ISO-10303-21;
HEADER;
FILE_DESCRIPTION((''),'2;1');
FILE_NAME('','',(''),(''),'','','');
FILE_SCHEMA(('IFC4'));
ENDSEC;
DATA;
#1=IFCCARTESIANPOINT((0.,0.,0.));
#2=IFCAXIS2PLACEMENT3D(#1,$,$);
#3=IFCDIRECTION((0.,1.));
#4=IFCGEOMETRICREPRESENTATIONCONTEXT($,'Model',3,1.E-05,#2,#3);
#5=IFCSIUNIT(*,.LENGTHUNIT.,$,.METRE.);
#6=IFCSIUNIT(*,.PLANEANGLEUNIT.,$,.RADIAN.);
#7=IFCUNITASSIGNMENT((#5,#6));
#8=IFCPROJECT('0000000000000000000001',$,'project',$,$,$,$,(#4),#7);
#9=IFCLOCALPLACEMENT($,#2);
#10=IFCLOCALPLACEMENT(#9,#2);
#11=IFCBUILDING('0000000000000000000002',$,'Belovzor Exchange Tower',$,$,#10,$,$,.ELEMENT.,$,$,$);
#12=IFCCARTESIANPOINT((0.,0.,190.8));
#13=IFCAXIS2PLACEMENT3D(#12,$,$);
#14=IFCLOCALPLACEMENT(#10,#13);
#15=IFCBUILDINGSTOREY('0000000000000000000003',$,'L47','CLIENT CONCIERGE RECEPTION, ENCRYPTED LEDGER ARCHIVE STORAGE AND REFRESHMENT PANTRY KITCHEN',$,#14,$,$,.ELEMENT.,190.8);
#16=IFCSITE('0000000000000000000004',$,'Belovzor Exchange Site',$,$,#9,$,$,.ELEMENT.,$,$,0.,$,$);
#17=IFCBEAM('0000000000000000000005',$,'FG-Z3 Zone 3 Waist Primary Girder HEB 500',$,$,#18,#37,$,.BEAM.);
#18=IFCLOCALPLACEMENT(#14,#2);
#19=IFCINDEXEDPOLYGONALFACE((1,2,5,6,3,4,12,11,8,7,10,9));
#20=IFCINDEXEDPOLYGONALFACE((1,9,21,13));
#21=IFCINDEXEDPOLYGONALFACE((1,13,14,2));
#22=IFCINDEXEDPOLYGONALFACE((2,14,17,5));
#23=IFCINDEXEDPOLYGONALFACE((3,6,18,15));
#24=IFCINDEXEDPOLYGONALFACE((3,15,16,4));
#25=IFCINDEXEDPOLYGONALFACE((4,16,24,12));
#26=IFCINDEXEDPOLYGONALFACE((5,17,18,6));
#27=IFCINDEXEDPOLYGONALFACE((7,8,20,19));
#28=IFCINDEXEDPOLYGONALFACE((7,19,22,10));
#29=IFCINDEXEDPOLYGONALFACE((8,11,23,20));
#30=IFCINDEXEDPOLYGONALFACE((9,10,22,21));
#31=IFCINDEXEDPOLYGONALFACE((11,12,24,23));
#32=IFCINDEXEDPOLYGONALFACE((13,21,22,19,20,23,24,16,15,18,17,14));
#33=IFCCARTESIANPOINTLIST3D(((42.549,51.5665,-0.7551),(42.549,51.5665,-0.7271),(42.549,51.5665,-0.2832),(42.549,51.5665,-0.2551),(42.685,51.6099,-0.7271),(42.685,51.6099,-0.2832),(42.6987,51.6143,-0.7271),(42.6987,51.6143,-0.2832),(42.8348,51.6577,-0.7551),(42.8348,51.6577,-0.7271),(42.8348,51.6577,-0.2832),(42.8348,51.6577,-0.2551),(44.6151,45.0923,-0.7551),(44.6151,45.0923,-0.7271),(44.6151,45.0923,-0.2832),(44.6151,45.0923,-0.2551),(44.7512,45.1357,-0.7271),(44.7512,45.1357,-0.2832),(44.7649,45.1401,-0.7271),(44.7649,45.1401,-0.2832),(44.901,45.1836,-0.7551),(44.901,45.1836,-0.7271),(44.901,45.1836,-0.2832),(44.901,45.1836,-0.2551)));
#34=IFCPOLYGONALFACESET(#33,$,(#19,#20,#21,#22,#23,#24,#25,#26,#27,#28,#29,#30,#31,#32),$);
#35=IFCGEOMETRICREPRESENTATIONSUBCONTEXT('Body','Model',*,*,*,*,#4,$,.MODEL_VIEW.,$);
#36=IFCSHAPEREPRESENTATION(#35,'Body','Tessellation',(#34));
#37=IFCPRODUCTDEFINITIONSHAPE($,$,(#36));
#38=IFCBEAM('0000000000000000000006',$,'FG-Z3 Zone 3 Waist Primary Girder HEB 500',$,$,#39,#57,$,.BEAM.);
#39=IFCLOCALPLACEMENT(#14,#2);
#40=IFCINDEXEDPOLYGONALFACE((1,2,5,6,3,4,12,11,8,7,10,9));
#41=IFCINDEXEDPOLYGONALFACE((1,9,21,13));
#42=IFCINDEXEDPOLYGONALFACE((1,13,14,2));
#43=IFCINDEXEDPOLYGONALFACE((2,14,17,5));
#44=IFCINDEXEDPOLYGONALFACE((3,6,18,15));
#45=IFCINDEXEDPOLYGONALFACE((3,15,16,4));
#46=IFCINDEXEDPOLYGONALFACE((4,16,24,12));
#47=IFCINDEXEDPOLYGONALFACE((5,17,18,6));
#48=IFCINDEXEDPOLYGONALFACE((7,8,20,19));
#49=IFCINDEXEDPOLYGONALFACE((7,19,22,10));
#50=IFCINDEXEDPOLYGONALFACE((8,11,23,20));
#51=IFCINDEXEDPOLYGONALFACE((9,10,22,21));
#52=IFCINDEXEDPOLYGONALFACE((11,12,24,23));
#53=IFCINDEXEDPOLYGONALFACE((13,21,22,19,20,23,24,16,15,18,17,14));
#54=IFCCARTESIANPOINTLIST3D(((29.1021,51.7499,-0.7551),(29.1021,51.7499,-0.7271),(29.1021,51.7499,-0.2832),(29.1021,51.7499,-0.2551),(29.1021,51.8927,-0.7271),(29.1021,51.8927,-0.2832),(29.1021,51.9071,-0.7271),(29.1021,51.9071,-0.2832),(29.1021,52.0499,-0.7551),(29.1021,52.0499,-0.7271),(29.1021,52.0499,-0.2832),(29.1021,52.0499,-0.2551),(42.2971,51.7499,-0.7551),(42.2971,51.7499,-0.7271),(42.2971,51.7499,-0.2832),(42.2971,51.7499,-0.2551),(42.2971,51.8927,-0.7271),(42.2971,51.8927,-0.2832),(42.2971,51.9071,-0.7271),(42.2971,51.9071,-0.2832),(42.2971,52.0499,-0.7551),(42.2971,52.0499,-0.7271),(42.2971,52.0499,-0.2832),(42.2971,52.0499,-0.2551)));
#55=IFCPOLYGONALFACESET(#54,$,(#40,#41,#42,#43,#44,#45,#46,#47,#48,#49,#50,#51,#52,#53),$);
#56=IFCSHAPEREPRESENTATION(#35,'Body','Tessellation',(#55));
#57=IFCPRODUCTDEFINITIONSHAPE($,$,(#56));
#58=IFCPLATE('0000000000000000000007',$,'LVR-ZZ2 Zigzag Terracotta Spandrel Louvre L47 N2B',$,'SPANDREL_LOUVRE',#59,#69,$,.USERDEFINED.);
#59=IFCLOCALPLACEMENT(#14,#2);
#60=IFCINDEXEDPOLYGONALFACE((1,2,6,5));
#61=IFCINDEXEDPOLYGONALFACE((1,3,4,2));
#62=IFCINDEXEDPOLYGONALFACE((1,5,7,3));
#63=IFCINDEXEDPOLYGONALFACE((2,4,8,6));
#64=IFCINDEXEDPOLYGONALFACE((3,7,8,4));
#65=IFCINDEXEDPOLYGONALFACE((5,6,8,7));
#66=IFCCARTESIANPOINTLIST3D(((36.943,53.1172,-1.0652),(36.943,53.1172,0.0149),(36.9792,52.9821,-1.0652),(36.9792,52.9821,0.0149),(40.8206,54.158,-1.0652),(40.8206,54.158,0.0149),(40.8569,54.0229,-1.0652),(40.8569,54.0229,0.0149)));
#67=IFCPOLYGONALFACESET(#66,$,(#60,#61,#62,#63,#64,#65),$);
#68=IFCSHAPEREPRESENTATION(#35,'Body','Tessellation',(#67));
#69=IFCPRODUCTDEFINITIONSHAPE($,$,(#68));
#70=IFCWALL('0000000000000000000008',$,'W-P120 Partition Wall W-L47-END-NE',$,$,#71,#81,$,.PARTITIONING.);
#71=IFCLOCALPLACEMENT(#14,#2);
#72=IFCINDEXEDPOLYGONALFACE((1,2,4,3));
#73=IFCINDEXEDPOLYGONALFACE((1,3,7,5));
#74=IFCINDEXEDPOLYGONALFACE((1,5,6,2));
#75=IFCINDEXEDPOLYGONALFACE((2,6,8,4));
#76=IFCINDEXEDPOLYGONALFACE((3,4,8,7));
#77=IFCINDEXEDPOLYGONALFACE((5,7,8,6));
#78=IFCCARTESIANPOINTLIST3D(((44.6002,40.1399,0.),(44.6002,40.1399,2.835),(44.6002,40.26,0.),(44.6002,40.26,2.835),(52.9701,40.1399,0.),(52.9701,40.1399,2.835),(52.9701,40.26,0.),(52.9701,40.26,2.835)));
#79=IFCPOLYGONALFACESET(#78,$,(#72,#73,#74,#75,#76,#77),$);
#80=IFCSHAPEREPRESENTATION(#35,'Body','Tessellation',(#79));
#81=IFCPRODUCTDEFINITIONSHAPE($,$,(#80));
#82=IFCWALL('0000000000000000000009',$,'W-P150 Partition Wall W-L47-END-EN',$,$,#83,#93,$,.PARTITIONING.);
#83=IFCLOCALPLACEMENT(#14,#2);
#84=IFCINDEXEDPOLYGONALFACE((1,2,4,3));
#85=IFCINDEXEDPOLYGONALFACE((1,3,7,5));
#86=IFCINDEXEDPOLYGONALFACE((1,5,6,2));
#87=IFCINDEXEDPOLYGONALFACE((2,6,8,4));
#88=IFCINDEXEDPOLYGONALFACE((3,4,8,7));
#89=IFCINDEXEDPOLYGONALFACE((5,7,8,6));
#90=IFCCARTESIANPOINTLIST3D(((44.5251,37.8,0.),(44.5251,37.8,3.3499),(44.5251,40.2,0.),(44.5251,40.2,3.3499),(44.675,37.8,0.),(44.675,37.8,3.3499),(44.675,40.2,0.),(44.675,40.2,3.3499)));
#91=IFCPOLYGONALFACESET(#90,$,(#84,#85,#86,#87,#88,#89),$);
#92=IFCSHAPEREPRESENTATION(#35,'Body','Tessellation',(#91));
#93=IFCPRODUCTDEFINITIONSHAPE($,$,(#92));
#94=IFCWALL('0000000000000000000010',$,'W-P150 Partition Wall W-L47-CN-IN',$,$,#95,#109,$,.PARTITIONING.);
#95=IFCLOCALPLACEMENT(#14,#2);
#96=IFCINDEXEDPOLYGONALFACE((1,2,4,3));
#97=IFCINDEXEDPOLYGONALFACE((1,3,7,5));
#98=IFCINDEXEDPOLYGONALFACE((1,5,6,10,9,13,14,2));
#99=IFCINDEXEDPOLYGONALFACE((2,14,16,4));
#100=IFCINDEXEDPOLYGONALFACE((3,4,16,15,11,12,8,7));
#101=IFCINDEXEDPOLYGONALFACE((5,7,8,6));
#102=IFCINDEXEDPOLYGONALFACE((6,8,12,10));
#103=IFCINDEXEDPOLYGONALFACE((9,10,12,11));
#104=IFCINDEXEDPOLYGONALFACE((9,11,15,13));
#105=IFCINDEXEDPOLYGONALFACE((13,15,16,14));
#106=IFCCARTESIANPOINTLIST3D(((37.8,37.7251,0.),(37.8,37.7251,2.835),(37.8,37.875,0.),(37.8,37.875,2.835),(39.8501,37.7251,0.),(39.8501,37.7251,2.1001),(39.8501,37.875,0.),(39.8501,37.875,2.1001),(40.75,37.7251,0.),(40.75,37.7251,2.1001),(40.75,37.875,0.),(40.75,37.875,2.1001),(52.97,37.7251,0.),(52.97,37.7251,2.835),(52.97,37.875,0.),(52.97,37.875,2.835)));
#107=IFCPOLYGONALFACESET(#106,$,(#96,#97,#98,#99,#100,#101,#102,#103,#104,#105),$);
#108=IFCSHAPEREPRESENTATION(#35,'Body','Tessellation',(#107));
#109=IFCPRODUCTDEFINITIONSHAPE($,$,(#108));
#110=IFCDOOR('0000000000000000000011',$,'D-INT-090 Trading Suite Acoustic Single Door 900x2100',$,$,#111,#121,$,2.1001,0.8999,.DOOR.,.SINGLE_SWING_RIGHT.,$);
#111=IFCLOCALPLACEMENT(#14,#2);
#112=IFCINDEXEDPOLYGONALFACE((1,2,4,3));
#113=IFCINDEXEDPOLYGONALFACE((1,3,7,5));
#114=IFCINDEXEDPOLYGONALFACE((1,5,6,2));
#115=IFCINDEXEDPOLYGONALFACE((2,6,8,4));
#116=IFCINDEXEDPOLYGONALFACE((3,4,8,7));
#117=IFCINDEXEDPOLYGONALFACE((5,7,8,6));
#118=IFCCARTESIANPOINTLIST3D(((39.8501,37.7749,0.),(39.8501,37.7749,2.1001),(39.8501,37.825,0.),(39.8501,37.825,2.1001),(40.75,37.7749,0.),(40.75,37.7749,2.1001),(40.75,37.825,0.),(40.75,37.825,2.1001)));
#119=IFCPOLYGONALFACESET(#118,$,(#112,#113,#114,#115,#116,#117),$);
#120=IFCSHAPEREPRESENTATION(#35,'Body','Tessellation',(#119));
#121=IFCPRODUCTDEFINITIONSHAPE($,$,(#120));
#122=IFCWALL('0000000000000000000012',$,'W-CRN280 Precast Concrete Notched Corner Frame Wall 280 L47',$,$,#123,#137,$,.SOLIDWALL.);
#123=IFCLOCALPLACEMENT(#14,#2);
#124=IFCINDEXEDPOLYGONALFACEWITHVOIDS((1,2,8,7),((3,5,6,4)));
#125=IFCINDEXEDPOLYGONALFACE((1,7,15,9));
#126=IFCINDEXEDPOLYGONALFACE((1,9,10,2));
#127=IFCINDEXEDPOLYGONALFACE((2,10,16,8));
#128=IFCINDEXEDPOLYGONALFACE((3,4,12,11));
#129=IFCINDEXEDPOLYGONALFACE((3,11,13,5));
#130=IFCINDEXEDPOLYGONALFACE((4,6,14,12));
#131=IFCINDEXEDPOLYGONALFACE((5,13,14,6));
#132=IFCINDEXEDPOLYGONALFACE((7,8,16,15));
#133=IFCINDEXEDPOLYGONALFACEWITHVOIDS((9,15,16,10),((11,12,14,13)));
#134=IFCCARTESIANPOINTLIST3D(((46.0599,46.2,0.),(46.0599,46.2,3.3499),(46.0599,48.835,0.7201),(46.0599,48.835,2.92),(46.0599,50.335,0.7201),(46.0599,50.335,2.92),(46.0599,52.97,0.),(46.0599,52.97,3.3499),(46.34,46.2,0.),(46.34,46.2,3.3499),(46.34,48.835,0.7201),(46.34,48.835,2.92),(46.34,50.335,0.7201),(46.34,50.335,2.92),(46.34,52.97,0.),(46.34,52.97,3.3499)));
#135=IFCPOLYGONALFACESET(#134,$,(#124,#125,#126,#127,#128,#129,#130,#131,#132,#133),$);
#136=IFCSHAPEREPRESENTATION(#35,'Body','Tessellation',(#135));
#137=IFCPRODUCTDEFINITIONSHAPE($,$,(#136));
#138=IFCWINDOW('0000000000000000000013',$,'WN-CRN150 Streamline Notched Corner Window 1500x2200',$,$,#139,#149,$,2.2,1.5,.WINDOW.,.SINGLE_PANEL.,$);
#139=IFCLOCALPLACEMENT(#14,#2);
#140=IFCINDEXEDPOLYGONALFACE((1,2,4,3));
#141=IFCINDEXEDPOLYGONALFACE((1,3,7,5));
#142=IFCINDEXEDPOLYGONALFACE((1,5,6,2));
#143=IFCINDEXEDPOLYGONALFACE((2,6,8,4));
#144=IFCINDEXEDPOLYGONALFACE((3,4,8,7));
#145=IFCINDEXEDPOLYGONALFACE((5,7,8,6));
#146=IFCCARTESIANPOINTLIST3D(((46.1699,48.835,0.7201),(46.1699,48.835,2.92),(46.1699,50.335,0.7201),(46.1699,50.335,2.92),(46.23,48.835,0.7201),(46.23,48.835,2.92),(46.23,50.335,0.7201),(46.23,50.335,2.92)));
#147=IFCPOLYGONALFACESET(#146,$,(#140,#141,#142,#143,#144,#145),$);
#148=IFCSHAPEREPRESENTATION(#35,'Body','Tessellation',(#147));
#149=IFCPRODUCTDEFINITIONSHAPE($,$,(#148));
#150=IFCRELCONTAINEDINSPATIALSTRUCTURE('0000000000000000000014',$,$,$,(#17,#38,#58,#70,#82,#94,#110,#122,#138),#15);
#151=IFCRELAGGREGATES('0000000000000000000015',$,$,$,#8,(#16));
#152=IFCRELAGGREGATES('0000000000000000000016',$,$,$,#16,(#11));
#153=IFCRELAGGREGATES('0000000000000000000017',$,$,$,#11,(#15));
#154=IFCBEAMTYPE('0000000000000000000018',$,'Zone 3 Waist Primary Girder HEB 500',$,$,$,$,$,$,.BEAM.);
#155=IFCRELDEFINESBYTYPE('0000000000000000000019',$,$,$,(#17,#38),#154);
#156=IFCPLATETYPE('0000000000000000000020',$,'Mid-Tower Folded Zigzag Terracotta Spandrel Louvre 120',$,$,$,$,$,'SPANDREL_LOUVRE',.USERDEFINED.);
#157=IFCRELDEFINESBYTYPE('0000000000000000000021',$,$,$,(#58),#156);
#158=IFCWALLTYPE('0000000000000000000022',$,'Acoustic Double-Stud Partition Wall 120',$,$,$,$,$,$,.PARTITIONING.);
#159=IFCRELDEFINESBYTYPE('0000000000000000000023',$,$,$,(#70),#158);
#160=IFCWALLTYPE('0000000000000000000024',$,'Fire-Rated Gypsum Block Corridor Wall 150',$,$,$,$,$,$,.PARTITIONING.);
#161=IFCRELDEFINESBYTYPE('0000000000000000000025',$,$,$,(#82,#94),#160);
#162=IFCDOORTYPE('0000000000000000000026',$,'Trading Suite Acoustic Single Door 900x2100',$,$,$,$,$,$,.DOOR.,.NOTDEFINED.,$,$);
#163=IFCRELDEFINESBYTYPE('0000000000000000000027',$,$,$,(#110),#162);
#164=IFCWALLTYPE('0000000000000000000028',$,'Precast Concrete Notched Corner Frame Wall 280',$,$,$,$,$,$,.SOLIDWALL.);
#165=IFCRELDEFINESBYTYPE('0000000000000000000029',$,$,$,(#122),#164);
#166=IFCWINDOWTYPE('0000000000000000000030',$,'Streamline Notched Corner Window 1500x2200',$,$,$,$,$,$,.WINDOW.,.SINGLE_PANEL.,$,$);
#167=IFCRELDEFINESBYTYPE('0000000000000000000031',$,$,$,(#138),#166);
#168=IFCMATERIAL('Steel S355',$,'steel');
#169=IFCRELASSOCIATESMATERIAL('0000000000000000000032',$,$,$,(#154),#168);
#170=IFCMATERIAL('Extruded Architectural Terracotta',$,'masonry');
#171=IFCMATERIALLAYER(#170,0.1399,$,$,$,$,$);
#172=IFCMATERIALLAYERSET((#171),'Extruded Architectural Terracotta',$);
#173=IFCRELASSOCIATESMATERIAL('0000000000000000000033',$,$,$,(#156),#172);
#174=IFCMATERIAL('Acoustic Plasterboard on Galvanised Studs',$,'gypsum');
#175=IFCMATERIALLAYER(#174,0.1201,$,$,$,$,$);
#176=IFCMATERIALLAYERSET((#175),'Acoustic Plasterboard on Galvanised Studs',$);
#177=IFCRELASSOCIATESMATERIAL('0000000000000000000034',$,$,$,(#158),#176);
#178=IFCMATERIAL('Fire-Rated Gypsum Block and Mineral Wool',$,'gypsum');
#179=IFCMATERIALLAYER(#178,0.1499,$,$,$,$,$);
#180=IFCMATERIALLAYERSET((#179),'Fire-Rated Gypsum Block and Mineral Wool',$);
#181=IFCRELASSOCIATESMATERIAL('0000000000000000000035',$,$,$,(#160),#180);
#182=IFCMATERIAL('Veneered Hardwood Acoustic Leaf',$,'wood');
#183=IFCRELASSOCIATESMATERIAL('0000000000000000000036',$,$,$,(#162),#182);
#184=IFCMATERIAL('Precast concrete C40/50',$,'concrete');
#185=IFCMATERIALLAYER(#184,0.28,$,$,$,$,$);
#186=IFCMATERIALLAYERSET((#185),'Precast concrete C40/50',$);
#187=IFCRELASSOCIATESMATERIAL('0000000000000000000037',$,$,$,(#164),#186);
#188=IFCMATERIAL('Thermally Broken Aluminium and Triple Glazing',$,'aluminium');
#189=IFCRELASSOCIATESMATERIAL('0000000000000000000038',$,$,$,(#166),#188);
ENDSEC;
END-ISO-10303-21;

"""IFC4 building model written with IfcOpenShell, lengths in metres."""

from ifc_helpers import new_model, si_unit, direction, frame, frame_2d, origin, origin_2d, place, context, subcontext, project, spatial, rectangle, i_section, extrude, material, layer, layer_set, material_profile, profile_set, type_object, element, fill, save


model = new_model("IFC4")

# Units and contexts
model_context = context("Model", 3, precision=1e-05, world=origin(), true_north=direction((0.0, 1.0)))
body_context = subcontext(model_context, "Body", "Model", "MODEL_VIEW")
ifc_project = project(units=[si_unit("LENGTHUNIT", "METRE"), si_unit("PLANEANGLEUNIT", "RADIAN")], contexts=[model_context])

# Site, building, storey
site_placement = place(None, origin())
site = spatial("IfcSite", under=ifc_project, at=site_placement, Name="Belovzor Exchange Site", CompositionType="ELEMENT", RefElevation=0.0)
building_placement = place(site_placement, origin())
building = spatial("IfcBuilding", under=site, at=building_placement, Name="Belovzor Exchange Tower", CompositionType="ELEMENT")
storey_placement = place(building_placement, frame((0.0, 0.0, 190.8)))
storey = spatial("IfcBuildingStorey", under=building, at=storey_placement, Name="L47", Description="CLIENT CONCIERGE RECEPTION, ENCRYPTED LEDGER ARCHIVE STORAGE AND REFRESHMENT PANTRY KITCHEN", CompositionType="ELEMENT", Elevation=190.8)

# Beams
ifc_material_1 = material(Name="Steel S355", Category="steel")
ifc_material_profile_1 = material_profile(ifc_material_1, i_section(OverallWidth=0.3, OverallDepth=0.5, WebThickness=0.0144, FlangeThickness=0.0281, at=origin_2d()))
ifc_profile_set_1 = profile_set([ifc_material_profile_1], Name="Steel S355")
beam_type_1 = type_object("IfcBeamType", Name="Zone 3 Waist Primary Girder HEB 500", PredefinedType="BEAM", material=ifc_profile_set_1)
for number, where, z_axis, x_axis, name in (
    (1, (44.7581, 45.1379, -0.5051), (-0.304034, 0.952661, 0.0), (-0.952661, -0.304034, 0.0), "FG-Z3 Zone 3 Waist Primary Girder HEB 500"),
):
    element("IfcBeam", number, at=place(storey_placement, frame(where, z_axis=z_axis, x_axis=x_axis)), inside=storey, type_object=beam_type_1, Name=name, PredefinedType="BEAM", context=body_context, shape_type="SweptSolid", body=[
        extrude(i_section(OverallWidth=0.3, OverallDepth=0.5, WebThickness=0.0144, FlangeThickness=0.0281, at=origin_2d()), origin(), (0.0, 0.0, 1.0), 6.7959),
    ])
beam_1_placement = place(storey_placement, frame((42.2971, 51.8999, -0.5051), z_axis=(-1.0, 0.0, 0.0), x_axis=(0.0, -1.0, 0.0)))
element("IfcBeam", 2, at=beam_1_placement, inside=storey, type_object=beam_type_1, Name="FG-Z3 Zone 3 Waist Primary Girder HEB 500", PredefinedType="BEAM", context=body_context, shape_type="SweptSolid", body=[
    extrude(i_section(OverallWidth=0.3, OverallDepth=0.5, WebThickness=0.0144, FlangeThickness=0.0281, at=origin_2d()), origin(), (0.0, 0.0, 1.0), 13.1951),
])

# Plate
ifc_material_2 = material(Name="Extruded Architectural Terracotta", Category="masonry")
ifc_layer_1 = layer(ifc_material_2, 0.1399)
ifc_layer_set_1 = layer_set([ifc_layer_1], Name="Extruded Architectural Terracotta")
plate_type = type_object("IfcPlateType", Name="Mid-Tower Folded Zigzag Terracotta Spandrel Louvre 120", ElementType="SPANDREL_LOUVRE", PredefinedType="USERDEFINED", material=ifc_layer_set_1)
plate_placement = place(storey_placement, frame((38.8999, 53.5701, -1.0652), z_axis=(0.0, 0.0, 1.0), x_axis=(0.965813, 0.25924, 0.0)))
element("IfcPlate", 3, at=plate_placement, inside=storey, type_object=plate_type, Name="LVR-ZZ2 Zigzag Terracotta Spandrel Louvre L47 N2B", ObjectType="SPANDREL_LOUVRE", PredefinedType="USERDEFINED", context=body_context, shape_type="SweptSolid", body=[
    extrude(rectangle(XDim=4.0149, YDim=0.1399, at=origin_2d()), origin(), (0.0, 0.0, 1.0), 1.0801),
])

# Walls
ifc_material_3 = material(Name="Acoustic Plasterboard on Galvanised Studs", Category="gypsum")
ifc_layer_2 = layer(ifc_material_3, 0.1201)
ifc_layer_set_2 = layer_set([ifc_layer_2], Name="Acoustic Plasterboard on Galvanised Studs")
wall_type_1 = type_object("IfcWallType", Name="Acoustic Double-Stud Partition Wall 120", PredefinedType="PARTITIONING", material=ifc_layer_set_2)
wall_1_placement = place(storey_placement, frame((44.6001, 40.2, 0.0), z_axis=(0.0, 0.0, 1.0), x_axis=(1.0, 0.0, 0.0)))
element("IfcWall", 4, at=wall_1_placement, inside=storey, type_object=wall_type_1, Name="W-P120 Partition Wall W-L47-END-NE", PredefinedType="PARTITIONING", context=body_context, shape_type="SweptSolid", body=[
    extrude(rectangle(XDim=8.3699, YDim=0.1201, at=frame_2d((4.1851, 0.0))), origin(), (0.0, 0.0, 1.0), 2.835),
])
ifc_material_4 = material(Name="Fire-Rated Gypsum Block and Mineral Wool", Category="gypsum")
ifc_layer_3 = layer(ifc_material_4, 0.1499)
ifc_layer_set_3 = layer_set([ifc_layer_3], Name="Fire-Rated Gypsum Block and Mineral Wool")
wall_type_2 = type_object("IfcWallType", Name="Fire-Rated Gypsum Block Corridor Wall 150", PredefinedType="PARTITIONING", material=ifc_layer_set_3)
wall_2_placement = place(storey_placement, frame((44.6001, 37.8, 0.0), z_axis=(0.0, 0.0, 1.0), x_axis=(0.0, 1.0, 0.0)))
element("IfcWall", 5, at=wall_2_placement, inside=storey, type_object=wall_type_2, Name="W-P150 Partition Wall W-L47-END-EN", PredefinedType="PARTITIONING", context=body_context, shape_type="SweptSolid", body=[
    extrude(rectangle(XDim=2.3999, YDim=0.1499, at=frame_2d((1.2, 0.0))), origin(), (0.0, 0.0, 1.0), 3.3499),
])

# Wall, opening, door
wall_3_placement = place(storey_placement, frame((37.8, 37.8, 0.0), z_axis=(0.0, 0.0, 1.0), x_axis=(1.0, 0.0, 0.0)))
wall_3 = element("IfcWall", 6, at=wall_3_placement, inside=storey, type_object=wall_type_2, Name="W-P150 Partition Wall W-L47-CN-IN", PredefinedType="PARTITIONING", context=body_context, shape_type="SweptSolid", body=[
    extrude(rectangle(XDim=15.1699, YDim=0.1499, at=frame_2d((7.585, 0.0))), origin(), (0.0, 0.0, 1.0), 2.835),
])
opening_1_placement = place(wall_3_placement, frame((2.05, 0.0, 0.0)))
opening_1 = element("IfcOpeningElement", 7, at=opening_1_placement, cuts=wall_3, PredefinedType="OPENING", context=body_context, shape_type="SweptSolid", body=[
    extrude(rectangle(XDim=0.8999, YDim=2.1001, at=frame_2d((0.45, 1.05))), frame((0.0, 0.085, 0.0), z_axis=(0.0, -1.0, 0.0), x_axis=(1.0, 0.0, 0.0)), (0.0, 0.0, 1.0), 0.1699),
])
ifc_material_5 = material(Name="Veneered Hardwood Acoustic Leaf", Category="wood")
door_type_1 = type_object("IfcDoorType", Name="Trading Suite Acoustic Single Door 900x2100", OperationType="NOTDEFINED", PredefinedType="DOOR", material=ifc_material_5)
door_1_placement = place(opening_1_placement, origin())
door_1 = element("IfcDoor", 8, at=door_1_placement, inside=storey, type_object=door_type_1, Name="D-INT-090 Trading Suite Acoustic Single Door 900x2100", OperationType="SINGLE_SWING_RIGHT", OverallHeight=2.1001, OverallWidth=0.8999, PredefinedType="DOOR", context=body_context, shape_type="SweptSolid", body=[
    extrude(rectangle(XDim=0.8999, YDim=2.1001, at=frame_2d((0.45, 1.05))), frame((0.0, 0.0249, 0.0), z_axis=(0.0, -1.0, 0.0), x_axis=(1.0, 0.0, 0.0)), (0.0, 0.0, 1.0), 0.05),
])
fill(opening_1, door_1)

# Wall, opening, window
ifc_material_6 = material(Name="Precast concrete C40/50", Category="concrete")
ifc_layer_4 = layer(ifc_material_6, 0.28)
ifc_layer_set_4 = layer_set([ifc_layer_4], Name="Precast concrete C40/50")
wall_type_3 = type_object("IfcWallType", Name="Precast Concrete Notched Corner Frame Wall 280", PredefinedType="SOLIDWALL", material=ifc_layer_set_4)
wall_4_placement = place(storey_placement, frame((46.2, 52.97, 0.0), z_axis=(0.0, 0.0, 1.0), x_axis=(0.0, -1.0, 0.0)))
wall_4 = element("IfcWall", 9, at=wall_4_placement, inside=storey, type_object=wall_type_3, Name="W-CRN280 Precast Concrete Notched Corner Frame Wall 280 L47", PredefinedType="SOLIDWALL", context=body_context, shape_type="SweptSolid", body=[
    extrude(rectangle(XDim=6.77, YDim=0.28, at=frame_2d((3.385, 0.0))), origin(), (0.0, 0.0, 1.0), 3.3499),
])
opening_2_placement = place(wall_4_placement, frame((2.635, 0.0, 0.72)))
opening_2 = element("IfcOpeningElement", 10, at=opening_2_placement, cuts=wall_4, PredefinedType="OPENING", context=body_context, shape_type="SweptSolid", body=[
    extrude(rectangle(XDim=1.5, YDim=2.2, at=frame_2d((0.75, 1.1001))), frame((0.0, 0.1499, 0.0), z_axis=(0.0, -1.0, 0.0), x_axis=(1.0, 0.0, 0.0)), (0.0, 0.0, 1.0), 0.3),
])
ifc_material_7 = material(Name="Thermally Broken Aluminium and Triple Glazing", Category="aluminium")
window_type = type_object("IfcWindowType", Name="Streamline Notched Corner Window 1500x2200", PartitioningType="SINGLE_PANEL", PredefinedType="WINDOW", material=ifc_material_7)
window_1_placement = place(opening_2_placement, origin())
window_1 = element("IfcWindow", 11, at=window_1_placement, inside=storey, type_object=window_type, Name="WN-CRN150 Streamline Notched Corner Window 1500x2200", OverallHeight=2.2, OverallWidth=1.5, PartitioningType="SINGLE_PANEL", PredefinedType="WINDOW", context=body_context, shape_type="SweptSolid", body=[
    extrude(rectangle(XDim=1.5, YDim=2.2, at=frame_2d((0.75, 1.1001))), frame((0.0, 0.03, 0.0), z_axis=(0.0, -1.0, 0.0), x_axis=(1.0, 0.0, 0.0)), (0.0, 0.0, 1.0), 0.0601),
])
fill(opening_2, window_1)

save(model, "model.ifc")
